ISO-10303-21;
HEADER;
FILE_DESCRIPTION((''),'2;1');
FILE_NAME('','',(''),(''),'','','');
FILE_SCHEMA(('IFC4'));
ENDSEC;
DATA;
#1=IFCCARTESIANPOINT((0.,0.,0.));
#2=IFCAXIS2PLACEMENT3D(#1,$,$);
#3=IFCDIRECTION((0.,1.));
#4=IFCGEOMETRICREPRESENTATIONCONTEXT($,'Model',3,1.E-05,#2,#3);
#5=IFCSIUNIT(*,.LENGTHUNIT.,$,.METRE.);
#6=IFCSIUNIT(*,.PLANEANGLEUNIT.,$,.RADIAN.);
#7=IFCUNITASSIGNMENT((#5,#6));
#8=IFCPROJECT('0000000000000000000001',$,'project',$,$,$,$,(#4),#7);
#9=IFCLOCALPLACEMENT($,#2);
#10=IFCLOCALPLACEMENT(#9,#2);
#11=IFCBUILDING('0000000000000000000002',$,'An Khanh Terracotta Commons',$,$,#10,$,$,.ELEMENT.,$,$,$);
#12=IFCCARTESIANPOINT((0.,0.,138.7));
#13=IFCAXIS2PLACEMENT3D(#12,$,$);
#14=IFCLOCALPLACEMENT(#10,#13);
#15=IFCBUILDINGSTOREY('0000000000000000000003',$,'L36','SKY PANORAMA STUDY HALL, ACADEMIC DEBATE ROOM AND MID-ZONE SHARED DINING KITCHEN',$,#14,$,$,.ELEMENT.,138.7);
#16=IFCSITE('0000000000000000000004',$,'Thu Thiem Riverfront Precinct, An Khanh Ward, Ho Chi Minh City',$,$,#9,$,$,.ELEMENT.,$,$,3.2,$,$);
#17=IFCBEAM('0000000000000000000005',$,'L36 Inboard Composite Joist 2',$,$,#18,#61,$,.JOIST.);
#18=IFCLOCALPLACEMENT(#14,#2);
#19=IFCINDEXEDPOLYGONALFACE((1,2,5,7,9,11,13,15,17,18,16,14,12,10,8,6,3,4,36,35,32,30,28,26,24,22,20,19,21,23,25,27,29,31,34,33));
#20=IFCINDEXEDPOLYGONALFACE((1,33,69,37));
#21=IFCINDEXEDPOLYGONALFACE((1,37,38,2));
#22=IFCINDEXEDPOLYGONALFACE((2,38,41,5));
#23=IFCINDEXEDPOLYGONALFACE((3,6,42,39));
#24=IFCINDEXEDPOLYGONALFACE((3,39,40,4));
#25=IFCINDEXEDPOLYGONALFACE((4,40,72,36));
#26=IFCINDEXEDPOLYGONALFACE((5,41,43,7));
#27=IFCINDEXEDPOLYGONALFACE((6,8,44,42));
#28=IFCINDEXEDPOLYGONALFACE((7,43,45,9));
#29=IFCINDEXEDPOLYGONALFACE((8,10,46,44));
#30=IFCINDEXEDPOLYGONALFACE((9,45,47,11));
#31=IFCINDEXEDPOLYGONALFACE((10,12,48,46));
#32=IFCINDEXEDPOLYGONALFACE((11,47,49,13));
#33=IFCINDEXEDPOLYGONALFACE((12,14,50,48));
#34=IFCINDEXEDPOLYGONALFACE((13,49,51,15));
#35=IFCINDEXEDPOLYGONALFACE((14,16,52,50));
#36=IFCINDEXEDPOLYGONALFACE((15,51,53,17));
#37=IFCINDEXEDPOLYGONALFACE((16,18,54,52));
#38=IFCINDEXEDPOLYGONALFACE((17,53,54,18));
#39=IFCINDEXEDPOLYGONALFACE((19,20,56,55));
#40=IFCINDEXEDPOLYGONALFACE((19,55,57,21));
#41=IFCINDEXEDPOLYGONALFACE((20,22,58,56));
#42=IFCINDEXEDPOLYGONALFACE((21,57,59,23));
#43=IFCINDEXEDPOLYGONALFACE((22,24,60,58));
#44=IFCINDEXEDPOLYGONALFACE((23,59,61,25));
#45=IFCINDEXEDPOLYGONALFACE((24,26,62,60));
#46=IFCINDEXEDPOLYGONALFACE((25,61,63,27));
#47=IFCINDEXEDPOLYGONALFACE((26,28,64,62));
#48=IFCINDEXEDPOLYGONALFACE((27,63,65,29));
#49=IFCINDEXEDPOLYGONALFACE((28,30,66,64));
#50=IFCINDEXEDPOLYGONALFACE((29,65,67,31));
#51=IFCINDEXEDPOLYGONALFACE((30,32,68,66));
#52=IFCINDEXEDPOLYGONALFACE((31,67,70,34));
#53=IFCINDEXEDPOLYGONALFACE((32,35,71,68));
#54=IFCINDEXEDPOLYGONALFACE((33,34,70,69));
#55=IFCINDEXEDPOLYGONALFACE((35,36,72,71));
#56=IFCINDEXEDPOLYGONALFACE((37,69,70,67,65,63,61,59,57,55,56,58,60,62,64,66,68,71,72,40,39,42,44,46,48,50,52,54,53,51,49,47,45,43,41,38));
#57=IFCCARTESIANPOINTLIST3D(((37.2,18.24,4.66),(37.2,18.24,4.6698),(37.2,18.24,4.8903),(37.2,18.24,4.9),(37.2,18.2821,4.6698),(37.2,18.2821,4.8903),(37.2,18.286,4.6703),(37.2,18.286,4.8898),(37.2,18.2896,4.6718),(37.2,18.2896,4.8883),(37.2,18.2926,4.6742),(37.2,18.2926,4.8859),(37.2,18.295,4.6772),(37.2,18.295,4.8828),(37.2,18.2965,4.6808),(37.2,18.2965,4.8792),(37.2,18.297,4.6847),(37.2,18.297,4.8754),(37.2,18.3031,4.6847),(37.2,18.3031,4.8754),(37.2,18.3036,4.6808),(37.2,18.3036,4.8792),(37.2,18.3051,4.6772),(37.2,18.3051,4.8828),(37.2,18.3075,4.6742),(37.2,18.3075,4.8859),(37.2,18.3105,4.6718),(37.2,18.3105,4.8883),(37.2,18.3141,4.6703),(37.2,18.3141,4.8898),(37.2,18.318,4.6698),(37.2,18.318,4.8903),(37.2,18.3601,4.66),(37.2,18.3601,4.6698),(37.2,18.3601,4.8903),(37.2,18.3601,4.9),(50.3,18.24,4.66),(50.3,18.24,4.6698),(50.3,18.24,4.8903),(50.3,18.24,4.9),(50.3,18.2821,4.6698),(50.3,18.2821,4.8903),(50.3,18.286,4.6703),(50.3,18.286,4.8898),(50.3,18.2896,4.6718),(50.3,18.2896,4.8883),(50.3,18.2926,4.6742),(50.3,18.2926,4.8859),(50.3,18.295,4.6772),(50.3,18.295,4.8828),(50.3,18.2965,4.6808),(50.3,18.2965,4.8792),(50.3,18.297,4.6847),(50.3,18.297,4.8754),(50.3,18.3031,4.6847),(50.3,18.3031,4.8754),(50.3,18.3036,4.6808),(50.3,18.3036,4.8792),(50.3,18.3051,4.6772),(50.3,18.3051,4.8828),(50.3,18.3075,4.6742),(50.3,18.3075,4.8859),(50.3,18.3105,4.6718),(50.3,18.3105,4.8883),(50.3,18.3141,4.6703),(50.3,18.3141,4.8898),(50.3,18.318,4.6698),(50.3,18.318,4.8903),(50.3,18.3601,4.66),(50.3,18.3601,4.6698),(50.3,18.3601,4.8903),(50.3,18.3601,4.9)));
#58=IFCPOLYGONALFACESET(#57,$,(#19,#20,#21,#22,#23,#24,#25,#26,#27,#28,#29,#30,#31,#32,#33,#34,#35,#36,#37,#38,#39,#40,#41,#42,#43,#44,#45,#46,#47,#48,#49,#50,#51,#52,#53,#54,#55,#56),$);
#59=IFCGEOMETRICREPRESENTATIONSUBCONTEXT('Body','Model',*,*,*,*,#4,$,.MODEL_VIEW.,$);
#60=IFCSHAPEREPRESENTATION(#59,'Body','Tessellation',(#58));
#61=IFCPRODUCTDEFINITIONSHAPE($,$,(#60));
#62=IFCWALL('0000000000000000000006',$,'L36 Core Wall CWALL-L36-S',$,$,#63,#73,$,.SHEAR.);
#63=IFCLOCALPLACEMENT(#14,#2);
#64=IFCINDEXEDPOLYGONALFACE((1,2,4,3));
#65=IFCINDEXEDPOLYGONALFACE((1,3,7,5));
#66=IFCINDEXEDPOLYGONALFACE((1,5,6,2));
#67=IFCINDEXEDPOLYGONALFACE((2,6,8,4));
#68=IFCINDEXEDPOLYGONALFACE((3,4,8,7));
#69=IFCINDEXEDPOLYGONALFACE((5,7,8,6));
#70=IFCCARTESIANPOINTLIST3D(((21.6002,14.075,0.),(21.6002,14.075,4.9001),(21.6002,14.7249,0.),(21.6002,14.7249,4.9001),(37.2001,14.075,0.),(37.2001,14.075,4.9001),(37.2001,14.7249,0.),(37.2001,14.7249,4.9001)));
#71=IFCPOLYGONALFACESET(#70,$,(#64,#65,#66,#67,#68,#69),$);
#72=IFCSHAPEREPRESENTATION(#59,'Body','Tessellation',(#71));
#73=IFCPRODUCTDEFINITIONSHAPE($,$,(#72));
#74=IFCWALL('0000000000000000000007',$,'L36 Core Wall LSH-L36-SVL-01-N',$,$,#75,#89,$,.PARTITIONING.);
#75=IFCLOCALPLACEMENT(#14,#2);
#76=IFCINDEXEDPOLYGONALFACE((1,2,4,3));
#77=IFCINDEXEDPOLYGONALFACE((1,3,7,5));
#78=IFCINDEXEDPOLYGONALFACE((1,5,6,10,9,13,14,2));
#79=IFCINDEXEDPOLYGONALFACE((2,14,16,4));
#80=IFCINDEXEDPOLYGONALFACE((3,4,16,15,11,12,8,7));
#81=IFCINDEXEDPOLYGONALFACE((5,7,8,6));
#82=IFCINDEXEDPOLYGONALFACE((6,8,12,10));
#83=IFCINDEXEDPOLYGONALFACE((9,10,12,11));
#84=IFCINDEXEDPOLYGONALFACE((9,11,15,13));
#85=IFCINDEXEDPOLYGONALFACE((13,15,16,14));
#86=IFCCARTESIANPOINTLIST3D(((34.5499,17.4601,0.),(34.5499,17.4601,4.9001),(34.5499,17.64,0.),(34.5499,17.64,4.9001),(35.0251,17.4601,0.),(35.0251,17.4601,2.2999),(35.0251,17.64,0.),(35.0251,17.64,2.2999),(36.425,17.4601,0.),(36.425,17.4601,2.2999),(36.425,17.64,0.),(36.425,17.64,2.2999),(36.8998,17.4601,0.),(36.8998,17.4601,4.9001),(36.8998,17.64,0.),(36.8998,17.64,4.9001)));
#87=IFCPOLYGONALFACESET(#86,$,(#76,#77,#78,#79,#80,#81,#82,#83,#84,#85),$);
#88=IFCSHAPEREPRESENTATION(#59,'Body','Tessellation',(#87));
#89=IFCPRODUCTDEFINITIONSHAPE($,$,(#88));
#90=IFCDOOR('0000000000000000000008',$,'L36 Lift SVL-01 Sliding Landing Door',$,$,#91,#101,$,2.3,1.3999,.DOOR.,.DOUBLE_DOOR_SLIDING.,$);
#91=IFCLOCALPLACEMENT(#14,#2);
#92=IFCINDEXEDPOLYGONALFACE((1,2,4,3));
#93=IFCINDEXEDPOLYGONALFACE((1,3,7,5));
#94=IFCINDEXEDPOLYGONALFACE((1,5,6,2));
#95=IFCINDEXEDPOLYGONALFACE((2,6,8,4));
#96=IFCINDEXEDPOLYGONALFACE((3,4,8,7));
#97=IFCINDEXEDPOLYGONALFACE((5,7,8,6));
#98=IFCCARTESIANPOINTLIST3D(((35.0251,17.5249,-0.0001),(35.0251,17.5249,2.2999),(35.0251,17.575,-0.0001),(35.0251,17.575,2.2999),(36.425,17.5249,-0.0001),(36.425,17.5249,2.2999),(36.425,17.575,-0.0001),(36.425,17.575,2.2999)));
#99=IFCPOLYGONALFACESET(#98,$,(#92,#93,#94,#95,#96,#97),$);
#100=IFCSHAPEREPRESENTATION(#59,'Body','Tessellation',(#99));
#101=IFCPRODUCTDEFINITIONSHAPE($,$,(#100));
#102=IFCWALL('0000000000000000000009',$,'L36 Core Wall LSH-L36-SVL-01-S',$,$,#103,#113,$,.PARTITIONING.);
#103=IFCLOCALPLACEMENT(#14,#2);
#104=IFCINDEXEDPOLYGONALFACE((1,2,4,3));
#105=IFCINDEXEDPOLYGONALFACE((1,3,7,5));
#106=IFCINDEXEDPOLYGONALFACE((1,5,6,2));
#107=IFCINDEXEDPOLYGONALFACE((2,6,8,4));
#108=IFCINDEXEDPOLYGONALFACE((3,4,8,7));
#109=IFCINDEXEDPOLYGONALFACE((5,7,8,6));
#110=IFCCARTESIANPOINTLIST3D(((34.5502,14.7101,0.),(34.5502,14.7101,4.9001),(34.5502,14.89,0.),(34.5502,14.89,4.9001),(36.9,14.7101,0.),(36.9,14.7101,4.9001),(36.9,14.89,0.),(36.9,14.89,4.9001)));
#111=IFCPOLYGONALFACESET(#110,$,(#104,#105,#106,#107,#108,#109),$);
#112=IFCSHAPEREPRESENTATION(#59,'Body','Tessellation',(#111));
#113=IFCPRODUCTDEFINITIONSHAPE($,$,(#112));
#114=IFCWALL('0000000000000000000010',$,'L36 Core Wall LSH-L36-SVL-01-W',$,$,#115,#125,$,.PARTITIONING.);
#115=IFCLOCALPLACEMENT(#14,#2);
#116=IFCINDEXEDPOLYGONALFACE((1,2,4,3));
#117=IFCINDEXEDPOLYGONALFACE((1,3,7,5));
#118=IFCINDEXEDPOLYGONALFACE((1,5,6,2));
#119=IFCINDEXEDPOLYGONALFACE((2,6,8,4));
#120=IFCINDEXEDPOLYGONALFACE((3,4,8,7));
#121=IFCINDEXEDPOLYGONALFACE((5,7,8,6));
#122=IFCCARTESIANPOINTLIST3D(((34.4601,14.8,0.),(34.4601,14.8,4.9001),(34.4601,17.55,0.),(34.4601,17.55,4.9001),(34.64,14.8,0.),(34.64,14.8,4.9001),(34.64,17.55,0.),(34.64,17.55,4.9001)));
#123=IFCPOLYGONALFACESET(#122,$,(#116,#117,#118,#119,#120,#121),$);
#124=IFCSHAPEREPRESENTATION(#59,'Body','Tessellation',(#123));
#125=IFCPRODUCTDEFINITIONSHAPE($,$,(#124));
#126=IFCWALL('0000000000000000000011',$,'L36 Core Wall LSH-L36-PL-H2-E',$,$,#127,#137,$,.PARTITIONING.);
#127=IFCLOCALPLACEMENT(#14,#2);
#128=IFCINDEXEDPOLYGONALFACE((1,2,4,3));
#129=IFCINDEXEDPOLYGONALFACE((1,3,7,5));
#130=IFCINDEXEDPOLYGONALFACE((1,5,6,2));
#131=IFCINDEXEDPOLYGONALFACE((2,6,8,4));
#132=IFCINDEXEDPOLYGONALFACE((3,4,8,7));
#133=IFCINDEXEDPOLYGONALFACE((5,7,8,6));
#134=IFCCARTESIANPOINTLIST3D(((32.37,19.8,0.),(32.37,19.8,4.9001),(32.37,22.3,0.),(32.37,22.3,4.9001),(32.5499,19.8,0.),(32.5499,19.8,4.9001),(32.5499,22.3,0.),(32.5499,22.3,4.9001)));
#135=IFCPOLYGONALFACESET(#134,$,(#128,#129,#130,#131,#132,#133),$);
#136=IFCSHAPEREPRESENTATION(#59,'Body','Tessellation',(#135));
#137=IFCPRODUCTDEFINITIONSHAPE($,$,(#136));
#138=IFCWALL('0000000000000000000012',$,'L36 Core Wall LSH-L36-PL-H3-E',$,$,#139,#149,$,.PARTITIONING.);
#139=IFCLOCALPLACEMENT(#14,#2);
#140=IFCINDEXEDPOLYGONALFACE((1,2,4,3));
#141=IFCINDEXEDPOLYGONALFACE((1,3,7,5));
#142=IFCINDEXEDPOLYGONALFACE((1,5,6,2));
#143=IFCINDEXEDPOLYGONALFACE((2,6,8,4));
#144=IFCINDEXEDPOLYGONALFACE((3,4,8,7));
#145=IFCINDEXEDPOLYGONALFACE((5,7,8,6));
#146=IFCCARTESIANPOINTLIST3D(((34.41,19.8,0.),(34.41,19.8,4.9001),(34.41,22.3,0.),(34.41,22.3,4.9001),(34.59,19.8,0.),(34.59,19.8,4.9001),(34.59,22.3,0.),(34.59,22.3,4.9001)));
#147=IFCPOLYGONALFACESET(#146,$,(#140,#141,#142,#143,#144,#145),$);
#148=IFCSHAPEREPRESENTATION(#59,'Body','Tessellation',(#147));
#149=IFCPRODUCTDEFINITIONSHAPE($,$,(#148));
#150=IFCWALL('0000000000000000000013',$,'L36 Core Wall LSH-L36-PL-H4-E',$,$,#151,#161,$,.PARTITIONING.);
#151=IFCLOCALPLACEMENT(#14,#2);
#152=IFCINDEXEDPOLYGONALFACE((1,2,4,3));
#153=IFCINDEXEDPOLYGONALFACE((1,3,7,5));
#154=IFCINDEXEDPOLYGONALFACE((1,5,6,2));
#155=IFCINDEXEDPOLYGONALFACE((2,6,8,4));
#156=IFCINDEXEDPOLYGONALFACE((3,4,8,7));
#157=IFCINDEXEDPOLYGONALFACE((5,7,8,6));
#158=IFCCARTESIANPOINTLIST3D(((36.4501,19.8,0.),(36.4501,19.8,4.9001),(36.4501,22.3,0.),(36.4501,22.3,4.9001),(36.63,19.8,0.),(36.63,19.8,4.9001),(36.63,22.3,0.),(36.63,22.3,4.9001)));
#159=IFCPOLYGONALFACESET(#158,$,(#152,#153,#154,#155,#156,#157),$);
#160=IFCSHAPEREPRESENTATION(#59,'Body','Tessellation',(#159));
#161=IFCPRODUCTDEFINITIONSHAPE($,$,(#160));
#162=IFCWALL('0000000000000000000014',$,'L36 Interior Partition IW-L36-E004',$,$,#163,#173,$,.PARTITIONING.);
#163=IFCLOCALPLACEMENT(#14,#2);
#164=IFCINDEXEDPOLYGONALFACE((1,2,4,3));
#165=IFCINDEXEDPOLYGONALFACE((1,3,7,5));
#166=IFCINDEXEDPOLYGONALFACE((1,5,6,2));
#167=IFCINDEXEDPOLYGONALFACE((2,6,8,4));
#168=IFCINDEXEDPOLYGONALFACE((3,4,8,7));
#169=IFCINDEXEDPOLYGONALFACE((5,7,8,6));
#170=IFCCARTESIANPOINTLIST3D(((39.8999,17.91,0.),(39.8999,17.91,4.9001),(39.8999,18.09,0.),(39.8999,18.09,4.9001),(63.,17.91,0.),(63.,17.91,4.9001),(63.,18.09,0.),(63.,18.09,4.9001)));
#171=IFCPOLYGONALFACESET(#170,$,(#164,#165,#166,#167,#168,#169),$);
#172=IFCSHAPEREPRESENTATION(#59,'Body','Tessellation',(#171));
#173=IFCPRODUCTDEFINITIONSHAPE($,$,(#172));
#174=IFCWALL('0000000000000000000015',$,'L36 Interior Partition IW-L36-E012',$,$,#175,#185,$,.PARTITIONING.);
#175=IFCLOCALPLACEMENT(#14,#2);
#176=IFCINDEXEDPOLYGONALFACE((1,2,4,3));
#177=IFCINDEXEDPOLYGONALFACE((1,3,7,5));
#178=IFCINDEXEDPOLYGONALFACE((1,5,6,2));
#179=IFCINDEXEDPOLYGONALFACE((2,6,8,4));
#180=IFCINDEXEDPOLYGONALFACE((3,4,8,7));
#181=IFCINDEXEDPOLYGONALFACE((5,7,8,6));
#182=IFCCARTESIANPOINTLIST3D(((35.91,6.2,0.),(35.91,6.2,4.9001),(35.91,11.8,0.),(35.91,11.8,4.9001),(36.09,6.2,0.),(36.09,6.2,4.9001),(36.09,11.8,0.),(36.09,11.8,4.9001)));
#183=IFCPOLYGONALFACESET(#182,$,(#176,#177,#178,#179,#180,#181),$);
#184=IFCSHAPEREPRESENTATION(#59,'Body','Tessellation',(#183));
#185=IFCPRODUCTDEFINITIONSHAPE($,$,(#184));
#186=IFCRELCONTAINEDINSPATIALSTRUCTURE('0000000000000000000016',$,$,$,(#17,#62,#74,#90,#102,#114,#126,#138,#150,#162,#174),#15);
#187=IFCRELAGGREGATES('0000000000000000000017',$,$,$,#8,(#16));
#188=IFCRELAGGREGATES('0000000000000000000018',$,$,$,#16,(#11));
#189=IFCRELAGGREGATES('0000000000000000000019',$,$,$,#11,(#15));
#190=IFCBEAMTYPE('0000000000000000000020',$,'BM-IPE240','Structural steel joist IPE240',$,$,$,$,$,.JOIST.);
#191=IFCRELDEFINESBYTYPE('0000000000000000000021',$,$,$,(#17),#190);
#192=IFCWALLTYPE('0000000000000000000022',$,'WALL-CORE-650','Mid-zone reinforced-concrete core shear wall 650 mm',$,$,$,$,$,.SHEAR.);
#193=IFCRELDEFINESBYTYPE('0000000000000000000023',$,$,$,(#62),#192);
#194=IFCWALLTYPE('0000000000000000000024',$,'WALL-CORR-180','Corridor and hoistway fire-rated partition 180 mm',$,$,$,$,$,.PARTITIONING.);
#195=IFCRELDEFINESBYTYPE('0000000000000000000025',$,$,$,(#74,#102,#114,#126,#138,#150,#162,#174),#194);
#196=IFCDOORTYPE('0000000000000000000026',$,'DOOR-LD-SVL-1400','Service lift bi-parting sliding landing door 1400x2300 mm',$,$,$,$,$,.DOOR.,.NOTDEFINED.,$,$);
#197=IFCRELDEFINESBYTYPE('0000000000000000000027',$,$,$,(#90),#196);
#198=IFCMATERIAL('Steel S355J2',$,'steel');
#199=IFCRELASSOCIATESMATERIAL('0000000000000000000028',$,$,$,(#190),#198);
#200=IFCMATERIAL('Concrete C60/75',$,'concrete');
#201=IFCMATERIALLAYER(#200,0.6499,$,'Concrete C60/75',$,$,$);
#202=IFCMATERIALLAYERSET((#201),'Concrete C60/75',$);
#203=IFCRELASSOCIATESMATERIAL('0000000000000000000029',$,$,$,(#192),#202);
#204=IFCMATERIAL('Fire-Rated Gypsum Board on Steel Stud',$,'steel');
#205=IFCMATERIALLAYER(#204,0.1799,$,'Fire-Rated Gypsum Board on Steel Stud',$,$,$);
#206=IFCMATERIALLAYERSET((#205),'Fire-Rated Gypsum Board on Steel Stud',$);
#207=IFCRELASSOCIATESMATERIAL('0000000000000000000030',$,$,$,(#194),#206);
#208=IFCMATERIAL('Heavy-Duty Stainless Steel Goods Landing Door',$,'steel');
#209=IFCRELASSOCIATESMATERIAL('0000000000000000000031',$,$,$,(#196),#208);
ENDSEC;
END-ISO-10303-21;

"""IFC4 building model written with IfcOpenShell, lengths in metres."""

from ifc_helpers import new_model, si_unit, direction, frame, frame_2d, origin, origin_2d, place, context, subcontext, project, spatial, rectangle, i_section, extrude, material, layer, layer_set, material_profile, profile_set, type_object, element, fill, save


model = new_model("IFC4")

# Units and contexts
model_context = context("Model", 3, precision=1e-05, world=origin(), true_north=direction((0.0, 1.0)))
body_context = subcontext(model_context, "Body", "Model", "MODEL_VIEW")
ifc_project = project(units=[si_unit("LENGTHUNIT", "METRE"), si_unit("PLANEANGLEUNIT", "RADIAN")], contexts=[model_context])

# Site, building, storey
site_placement = place(None, origin())
site = spatial("IfcSite", under=ifc_project, at=site_placement, Name="Thu Thiem Riverfront Precinct, An Khanh Ward, Ho Chi Minh City", CompositionType="ELEMENT", RefElevation=3.2)
building_placement = place(site_placement, origin())
building = spatial("IfcBuilding", under=site, at=building_placement, Name="An Khanh Terracotta Commons", CompositionType="ELEMENT")
storey_placement = place(building_placement, frame((0.0, 0.0, 138.7)))
storey = spatial("IfcBuildingStorey", under=building, at=storey_placement, Name="L36", Description="SKY PANORAMA STUDY HALL, ACADEMIC DEBATE ROOM AND MID-ZONE SHARED DINING KITCHEN", CompositionType="ELEMENT", Elevation=138.7)

# Shared definitions
ifc_material_1 = material(Name="Concrete C60/75", Category="concrete")

# Beam
ifc_material_2 = material(Name="Steel S355J2", Category="steel")
ifc_material_profile_1 = material_profile(ifc_material_2, i_section(OverallWidth=0.1201, OverallDepth=0.24, WebThickness=0.0061, FlangeThickness=0.0098, FilletRadius=0.0149, at=origin_2d()), Name="IPE240")
ifc_profile_set_1 = profile_set([ifc_material_profile_1], Name="Steel S355J2")
beam_type_1 = type_object("IfcBeamType", Name="BM-IPE240", Description="Structural steel joist IPE240", PredefinedType="JOIST", material=ifc_profile_set_1)
for number, where, z_axis, x_axis, name in (
    (1, (37.2, 18.3, 4.78), (1.0, 0.0, 0.0), (0.0, 1.0, 0.0), "L36 Inboard Composite Joist 2"),
):
    element("IfcBeam", number, at=place(storey_placement, frame(where, z_axis=z_axis, x_axis=x_axis)), inside=storey, type_object=beam_type_1, Name=name, PredefinedType="JOIST", context=body_context, shape_type="SweptSolid", body=[
        extrude(i_section(OverallWidth=0.1201, OverallDepth=0.24, WebThickness=0.0061, FlangeThickness=0.0098, FilletRadius=0.0149, at=origin_2d()), origin(), (0.0, 0.0, 1.0), 13.1001),
    ])

# Wall
ifc_layer_1 = layer(ifc_material_1, 0.6499, Name="Concrete C60/75")
ifc_layer_set_1 = layer_set([ifc_layer_1], Name="Concrete C60/75")
wall_type_1 = type_object("IfcWallType", Name="WALL-CORE-650", Description="Mid-zone reinforced-concrete core shear wall 650 mm", PredefinedType="SHEAR", material=ifc_layer_set_1)
wall_1_placement = place(storey_placement, frame((37.2, 14.3999, 0.0), z_axis=(0.0, 0.0, 1.0), x_axis=(-1.0, 0.0, 0.0)))
element("IfcWall", 2, at=wall_1_placement, inside=storey, type_object=wall_type_1, Name="L36 Core Wall CWALL-L36-S", PredefinedType="SHEAR", context=body_context, shape_type="SweptSolid", body=[
    extrude(rectangle(XDim=15.5999, YDim=0.6499, at=frame_2d((7.7998, 0.0))), origin(), (0.0, 0.0, 1.0), 4.9001),
])

# Wall, opening, door
ifc_material_3 = material(Name="Fire-Rated Gypsum Board on Steel Stud", Category="steel")
ifc_layer_2 = layer(ifc_material_3, 0.1799, Name="Fire-Rated Gypsum Board on Steel Stud")
ifc_layer_set_2 = layer_set([ifc_layer_2], Name="Fire-Rated Gypsum Board on Steel Stud")
wall_type_2 = type_object("IfcWallType", Name="WALL-CORR-180", Description="Corridor and hoistway fire-rated partition 180 mm", PredefinedType="PARTITIONING", material=ifc_layer_set_2)
wall_2_placement = place(storey_placement, frame((34.55, 17.55, 0.0), z_axis=(0.0, 0.0, 1.0), x_axis=(1.0, 0.0, 0.0)))
wall_2 = element("IfcWall", 3, at=wall_2_placement, inside=storey, type_object=wall_type_2, Name="L36 Core Wall LSH-L36-SVL-01-N", PredefinedType="PARTITIONING", context=body_context, shape_type="SweptSolid", body=[
    extrude(rectangle(XDim=2.3499, YDim=0.1799, at=frame_2d((1.1748, 0.0))), origin(), (0.0, 0.0, 1.0), 4.9001),
])
opening_1_placement = place(wall_2_placement, frame((0.4751, 0.0, 0.0)))
opening_1 = element("IfcOpeningElement", 4, at=opening_1_placement, cuts=wall_2, PredefinedType="OPENING", context=body_context, shape_type="SweptSolid", body=[
    extrude(rectangle(XDim=1.3999, YDim=2.3, at=frame_2d((0.7, 1.1499))), frame((0.0, 0.0999, 0.0), z_axis=(0.0, -1.0, 0.0), x_axis=(1.0, 0.0, 0.0)), (0.0, 0.0, 1.0), 0.2),
])
ifc_material_4 = material(Name="Heavy-Duty Stainless Steel Goods Landing Door", Category="steel")
door_type_1 = type_object("IfcDoorType", Name="DOOR-LD-SVL-1400", Description="Service lift bi-parting sliding landing door 1400x2300 mm", OperationType="NOTDEFINED", PredefinedType="DOOR", material=ifc_material_4)
door_1_placement = place(opening_1_placement, origin())
door_1 = element("IfcDoor", 5, at=door_1_placement, inside=storey, type_object=door_type_1, Name="L36 Lift SVL-01 Sliding Landing Door", OperationType="DOUBLE_DOOR_SLIDING", OverallHeight=2.3, OverallWidth=1.3999, PredefinedType="DOOR", context=body_context, shape_type="SweptSolid", body=[
    extrude(rectangle(XDim=1.3999, YDim=2.3, at=frame_2d((0.7, 1.1499))), frame((0.0, 0.0249, 0.0), z_axis=(0.0, -1.0, 0.0), x_axis=(1.0, 0.0, 0.0)), (0.0, 0.0, 1.0), 0.05),
])
fill(opening_1, door_1)

# Walls
wall_3_placement = place(storey_placement, frame((36.8999, 14.8, 0.0), z_axis=(0.0, 0.0, 1.0), x_axis=(-1.0, 0.0, 0.0)))
element("IfcWall", 6, at=wall_3_placement, inside=storey, type_object=wall_type_2, Name="L36 Core Wall LSH-L36-SVL-01-S", PredefinedType="PARTITIONING", context=body_context, shape_type="SweptSolid", body=[
    extrude(rectangle(XDim=2.3499, YDim=0.1799, at=frame_2d((1.1748, 0.0))), origin(), (0.0, 0.0, 1.0), 4.9001),
])
wall_4_placement = place(storey_placement, frame((34.55, 17.55, 0.0), z_axis=(0.0, 0.0, 1.0), x_axis=(0.0, -1.0, 0.0)))
element("IfcWall", 7, at=wall_4_placement, inside=storey, type_object=wall_type_2, Name="L36 Core Wall LSH-L36-SVL-01-W", PredefinedType="PARTITIONING", context=body_context, shape_type="SweptSolid", body=[
    extrude(rectangle(XDim=2.75, YDim=0.1799, at=frame_2d((1.375, 0.0))), origin(), (0.0, 0.0, 1.0), 4.9001),
])
for number, where, z_axis, x_axis, name in (
    (8, (32.46, 19.8, 0.0), (0.0, 0.0, 1.0), (0.0, 1.0, 0.0), "L36 Core Wall LSH-L36-PL-H2-E"),
    (9, (34.5, 19.8, 0.0), (0.0, 0.0, 1.0), (0.0, 1.0, 0.0), "L36 Core Wall LSH-L36-PL-H3-E"),
    (10, (36.54, 19.8, 0.0), (0.0, 0.0, 1.0), (0.0, 1.0, 0.0), "L36 Core Wall LSH-L36-PL-H4-E"),
):
    element("IfcWall", number, at=place(storey_placement, frame(where, z_axis=z_axis, x_axis=x_axis)), inside=storey, type_object=wall_type_2, Name=name, PredefinedType="PARTITIONING", context=body_context, shape_type="SweptSolid", body=[
        extrude(rectangle(XDim=2.5, YDim=0.1799, at=frame_2d((1.25, 0.0))), origin(), (0.0, 0.0, 1.0), 4.9001),
    ])
wall_5_placement = place(storey_placement, frame((39.8999, 18.0, 0.0), z_axis=(0.0, 0.0, 1.0), x_axis=(1.0, 0.0, 0.0)))
element("IfcWall", 11, at=wall_5_placement, inside=storey, type_object=wall_type_2, Name="L36 Interior Partition IW-L36-E004", PredefinedType="PARTITIONING", context=body_context, shape_type="SweptSolid", body=[
    extrude(rectangle(XDim=23.1001, YDim=0.1799, at=frame_2d((11.55, 0.0))), origin(), (0.0, 0.0, 1.0), 4.9001),
])
wall_6_placement = place(storey_placement, frame((36.0, 6.2, 0.0), z_axis=(0.0, 0.0, 1.0), x_axis=(0.0, 1.0, 0.0)))
element("IfcWall", 12, at=wall_6_placement, inside=storey, type_object=wall_type_2, Name="L36 Interior Partition IW-L36-E012", PredefinedType="PARTITIONING", context=body_context, shape_type="SweptSolid", body=[
    extrude(rectangle(XDim=5.6001, YDim=0.1799, at=frame_2d((2.8, 0.0))), origin(), (0.0, 0.0, 1.0), 4.9001),
])

save(model, "model.ifc")
